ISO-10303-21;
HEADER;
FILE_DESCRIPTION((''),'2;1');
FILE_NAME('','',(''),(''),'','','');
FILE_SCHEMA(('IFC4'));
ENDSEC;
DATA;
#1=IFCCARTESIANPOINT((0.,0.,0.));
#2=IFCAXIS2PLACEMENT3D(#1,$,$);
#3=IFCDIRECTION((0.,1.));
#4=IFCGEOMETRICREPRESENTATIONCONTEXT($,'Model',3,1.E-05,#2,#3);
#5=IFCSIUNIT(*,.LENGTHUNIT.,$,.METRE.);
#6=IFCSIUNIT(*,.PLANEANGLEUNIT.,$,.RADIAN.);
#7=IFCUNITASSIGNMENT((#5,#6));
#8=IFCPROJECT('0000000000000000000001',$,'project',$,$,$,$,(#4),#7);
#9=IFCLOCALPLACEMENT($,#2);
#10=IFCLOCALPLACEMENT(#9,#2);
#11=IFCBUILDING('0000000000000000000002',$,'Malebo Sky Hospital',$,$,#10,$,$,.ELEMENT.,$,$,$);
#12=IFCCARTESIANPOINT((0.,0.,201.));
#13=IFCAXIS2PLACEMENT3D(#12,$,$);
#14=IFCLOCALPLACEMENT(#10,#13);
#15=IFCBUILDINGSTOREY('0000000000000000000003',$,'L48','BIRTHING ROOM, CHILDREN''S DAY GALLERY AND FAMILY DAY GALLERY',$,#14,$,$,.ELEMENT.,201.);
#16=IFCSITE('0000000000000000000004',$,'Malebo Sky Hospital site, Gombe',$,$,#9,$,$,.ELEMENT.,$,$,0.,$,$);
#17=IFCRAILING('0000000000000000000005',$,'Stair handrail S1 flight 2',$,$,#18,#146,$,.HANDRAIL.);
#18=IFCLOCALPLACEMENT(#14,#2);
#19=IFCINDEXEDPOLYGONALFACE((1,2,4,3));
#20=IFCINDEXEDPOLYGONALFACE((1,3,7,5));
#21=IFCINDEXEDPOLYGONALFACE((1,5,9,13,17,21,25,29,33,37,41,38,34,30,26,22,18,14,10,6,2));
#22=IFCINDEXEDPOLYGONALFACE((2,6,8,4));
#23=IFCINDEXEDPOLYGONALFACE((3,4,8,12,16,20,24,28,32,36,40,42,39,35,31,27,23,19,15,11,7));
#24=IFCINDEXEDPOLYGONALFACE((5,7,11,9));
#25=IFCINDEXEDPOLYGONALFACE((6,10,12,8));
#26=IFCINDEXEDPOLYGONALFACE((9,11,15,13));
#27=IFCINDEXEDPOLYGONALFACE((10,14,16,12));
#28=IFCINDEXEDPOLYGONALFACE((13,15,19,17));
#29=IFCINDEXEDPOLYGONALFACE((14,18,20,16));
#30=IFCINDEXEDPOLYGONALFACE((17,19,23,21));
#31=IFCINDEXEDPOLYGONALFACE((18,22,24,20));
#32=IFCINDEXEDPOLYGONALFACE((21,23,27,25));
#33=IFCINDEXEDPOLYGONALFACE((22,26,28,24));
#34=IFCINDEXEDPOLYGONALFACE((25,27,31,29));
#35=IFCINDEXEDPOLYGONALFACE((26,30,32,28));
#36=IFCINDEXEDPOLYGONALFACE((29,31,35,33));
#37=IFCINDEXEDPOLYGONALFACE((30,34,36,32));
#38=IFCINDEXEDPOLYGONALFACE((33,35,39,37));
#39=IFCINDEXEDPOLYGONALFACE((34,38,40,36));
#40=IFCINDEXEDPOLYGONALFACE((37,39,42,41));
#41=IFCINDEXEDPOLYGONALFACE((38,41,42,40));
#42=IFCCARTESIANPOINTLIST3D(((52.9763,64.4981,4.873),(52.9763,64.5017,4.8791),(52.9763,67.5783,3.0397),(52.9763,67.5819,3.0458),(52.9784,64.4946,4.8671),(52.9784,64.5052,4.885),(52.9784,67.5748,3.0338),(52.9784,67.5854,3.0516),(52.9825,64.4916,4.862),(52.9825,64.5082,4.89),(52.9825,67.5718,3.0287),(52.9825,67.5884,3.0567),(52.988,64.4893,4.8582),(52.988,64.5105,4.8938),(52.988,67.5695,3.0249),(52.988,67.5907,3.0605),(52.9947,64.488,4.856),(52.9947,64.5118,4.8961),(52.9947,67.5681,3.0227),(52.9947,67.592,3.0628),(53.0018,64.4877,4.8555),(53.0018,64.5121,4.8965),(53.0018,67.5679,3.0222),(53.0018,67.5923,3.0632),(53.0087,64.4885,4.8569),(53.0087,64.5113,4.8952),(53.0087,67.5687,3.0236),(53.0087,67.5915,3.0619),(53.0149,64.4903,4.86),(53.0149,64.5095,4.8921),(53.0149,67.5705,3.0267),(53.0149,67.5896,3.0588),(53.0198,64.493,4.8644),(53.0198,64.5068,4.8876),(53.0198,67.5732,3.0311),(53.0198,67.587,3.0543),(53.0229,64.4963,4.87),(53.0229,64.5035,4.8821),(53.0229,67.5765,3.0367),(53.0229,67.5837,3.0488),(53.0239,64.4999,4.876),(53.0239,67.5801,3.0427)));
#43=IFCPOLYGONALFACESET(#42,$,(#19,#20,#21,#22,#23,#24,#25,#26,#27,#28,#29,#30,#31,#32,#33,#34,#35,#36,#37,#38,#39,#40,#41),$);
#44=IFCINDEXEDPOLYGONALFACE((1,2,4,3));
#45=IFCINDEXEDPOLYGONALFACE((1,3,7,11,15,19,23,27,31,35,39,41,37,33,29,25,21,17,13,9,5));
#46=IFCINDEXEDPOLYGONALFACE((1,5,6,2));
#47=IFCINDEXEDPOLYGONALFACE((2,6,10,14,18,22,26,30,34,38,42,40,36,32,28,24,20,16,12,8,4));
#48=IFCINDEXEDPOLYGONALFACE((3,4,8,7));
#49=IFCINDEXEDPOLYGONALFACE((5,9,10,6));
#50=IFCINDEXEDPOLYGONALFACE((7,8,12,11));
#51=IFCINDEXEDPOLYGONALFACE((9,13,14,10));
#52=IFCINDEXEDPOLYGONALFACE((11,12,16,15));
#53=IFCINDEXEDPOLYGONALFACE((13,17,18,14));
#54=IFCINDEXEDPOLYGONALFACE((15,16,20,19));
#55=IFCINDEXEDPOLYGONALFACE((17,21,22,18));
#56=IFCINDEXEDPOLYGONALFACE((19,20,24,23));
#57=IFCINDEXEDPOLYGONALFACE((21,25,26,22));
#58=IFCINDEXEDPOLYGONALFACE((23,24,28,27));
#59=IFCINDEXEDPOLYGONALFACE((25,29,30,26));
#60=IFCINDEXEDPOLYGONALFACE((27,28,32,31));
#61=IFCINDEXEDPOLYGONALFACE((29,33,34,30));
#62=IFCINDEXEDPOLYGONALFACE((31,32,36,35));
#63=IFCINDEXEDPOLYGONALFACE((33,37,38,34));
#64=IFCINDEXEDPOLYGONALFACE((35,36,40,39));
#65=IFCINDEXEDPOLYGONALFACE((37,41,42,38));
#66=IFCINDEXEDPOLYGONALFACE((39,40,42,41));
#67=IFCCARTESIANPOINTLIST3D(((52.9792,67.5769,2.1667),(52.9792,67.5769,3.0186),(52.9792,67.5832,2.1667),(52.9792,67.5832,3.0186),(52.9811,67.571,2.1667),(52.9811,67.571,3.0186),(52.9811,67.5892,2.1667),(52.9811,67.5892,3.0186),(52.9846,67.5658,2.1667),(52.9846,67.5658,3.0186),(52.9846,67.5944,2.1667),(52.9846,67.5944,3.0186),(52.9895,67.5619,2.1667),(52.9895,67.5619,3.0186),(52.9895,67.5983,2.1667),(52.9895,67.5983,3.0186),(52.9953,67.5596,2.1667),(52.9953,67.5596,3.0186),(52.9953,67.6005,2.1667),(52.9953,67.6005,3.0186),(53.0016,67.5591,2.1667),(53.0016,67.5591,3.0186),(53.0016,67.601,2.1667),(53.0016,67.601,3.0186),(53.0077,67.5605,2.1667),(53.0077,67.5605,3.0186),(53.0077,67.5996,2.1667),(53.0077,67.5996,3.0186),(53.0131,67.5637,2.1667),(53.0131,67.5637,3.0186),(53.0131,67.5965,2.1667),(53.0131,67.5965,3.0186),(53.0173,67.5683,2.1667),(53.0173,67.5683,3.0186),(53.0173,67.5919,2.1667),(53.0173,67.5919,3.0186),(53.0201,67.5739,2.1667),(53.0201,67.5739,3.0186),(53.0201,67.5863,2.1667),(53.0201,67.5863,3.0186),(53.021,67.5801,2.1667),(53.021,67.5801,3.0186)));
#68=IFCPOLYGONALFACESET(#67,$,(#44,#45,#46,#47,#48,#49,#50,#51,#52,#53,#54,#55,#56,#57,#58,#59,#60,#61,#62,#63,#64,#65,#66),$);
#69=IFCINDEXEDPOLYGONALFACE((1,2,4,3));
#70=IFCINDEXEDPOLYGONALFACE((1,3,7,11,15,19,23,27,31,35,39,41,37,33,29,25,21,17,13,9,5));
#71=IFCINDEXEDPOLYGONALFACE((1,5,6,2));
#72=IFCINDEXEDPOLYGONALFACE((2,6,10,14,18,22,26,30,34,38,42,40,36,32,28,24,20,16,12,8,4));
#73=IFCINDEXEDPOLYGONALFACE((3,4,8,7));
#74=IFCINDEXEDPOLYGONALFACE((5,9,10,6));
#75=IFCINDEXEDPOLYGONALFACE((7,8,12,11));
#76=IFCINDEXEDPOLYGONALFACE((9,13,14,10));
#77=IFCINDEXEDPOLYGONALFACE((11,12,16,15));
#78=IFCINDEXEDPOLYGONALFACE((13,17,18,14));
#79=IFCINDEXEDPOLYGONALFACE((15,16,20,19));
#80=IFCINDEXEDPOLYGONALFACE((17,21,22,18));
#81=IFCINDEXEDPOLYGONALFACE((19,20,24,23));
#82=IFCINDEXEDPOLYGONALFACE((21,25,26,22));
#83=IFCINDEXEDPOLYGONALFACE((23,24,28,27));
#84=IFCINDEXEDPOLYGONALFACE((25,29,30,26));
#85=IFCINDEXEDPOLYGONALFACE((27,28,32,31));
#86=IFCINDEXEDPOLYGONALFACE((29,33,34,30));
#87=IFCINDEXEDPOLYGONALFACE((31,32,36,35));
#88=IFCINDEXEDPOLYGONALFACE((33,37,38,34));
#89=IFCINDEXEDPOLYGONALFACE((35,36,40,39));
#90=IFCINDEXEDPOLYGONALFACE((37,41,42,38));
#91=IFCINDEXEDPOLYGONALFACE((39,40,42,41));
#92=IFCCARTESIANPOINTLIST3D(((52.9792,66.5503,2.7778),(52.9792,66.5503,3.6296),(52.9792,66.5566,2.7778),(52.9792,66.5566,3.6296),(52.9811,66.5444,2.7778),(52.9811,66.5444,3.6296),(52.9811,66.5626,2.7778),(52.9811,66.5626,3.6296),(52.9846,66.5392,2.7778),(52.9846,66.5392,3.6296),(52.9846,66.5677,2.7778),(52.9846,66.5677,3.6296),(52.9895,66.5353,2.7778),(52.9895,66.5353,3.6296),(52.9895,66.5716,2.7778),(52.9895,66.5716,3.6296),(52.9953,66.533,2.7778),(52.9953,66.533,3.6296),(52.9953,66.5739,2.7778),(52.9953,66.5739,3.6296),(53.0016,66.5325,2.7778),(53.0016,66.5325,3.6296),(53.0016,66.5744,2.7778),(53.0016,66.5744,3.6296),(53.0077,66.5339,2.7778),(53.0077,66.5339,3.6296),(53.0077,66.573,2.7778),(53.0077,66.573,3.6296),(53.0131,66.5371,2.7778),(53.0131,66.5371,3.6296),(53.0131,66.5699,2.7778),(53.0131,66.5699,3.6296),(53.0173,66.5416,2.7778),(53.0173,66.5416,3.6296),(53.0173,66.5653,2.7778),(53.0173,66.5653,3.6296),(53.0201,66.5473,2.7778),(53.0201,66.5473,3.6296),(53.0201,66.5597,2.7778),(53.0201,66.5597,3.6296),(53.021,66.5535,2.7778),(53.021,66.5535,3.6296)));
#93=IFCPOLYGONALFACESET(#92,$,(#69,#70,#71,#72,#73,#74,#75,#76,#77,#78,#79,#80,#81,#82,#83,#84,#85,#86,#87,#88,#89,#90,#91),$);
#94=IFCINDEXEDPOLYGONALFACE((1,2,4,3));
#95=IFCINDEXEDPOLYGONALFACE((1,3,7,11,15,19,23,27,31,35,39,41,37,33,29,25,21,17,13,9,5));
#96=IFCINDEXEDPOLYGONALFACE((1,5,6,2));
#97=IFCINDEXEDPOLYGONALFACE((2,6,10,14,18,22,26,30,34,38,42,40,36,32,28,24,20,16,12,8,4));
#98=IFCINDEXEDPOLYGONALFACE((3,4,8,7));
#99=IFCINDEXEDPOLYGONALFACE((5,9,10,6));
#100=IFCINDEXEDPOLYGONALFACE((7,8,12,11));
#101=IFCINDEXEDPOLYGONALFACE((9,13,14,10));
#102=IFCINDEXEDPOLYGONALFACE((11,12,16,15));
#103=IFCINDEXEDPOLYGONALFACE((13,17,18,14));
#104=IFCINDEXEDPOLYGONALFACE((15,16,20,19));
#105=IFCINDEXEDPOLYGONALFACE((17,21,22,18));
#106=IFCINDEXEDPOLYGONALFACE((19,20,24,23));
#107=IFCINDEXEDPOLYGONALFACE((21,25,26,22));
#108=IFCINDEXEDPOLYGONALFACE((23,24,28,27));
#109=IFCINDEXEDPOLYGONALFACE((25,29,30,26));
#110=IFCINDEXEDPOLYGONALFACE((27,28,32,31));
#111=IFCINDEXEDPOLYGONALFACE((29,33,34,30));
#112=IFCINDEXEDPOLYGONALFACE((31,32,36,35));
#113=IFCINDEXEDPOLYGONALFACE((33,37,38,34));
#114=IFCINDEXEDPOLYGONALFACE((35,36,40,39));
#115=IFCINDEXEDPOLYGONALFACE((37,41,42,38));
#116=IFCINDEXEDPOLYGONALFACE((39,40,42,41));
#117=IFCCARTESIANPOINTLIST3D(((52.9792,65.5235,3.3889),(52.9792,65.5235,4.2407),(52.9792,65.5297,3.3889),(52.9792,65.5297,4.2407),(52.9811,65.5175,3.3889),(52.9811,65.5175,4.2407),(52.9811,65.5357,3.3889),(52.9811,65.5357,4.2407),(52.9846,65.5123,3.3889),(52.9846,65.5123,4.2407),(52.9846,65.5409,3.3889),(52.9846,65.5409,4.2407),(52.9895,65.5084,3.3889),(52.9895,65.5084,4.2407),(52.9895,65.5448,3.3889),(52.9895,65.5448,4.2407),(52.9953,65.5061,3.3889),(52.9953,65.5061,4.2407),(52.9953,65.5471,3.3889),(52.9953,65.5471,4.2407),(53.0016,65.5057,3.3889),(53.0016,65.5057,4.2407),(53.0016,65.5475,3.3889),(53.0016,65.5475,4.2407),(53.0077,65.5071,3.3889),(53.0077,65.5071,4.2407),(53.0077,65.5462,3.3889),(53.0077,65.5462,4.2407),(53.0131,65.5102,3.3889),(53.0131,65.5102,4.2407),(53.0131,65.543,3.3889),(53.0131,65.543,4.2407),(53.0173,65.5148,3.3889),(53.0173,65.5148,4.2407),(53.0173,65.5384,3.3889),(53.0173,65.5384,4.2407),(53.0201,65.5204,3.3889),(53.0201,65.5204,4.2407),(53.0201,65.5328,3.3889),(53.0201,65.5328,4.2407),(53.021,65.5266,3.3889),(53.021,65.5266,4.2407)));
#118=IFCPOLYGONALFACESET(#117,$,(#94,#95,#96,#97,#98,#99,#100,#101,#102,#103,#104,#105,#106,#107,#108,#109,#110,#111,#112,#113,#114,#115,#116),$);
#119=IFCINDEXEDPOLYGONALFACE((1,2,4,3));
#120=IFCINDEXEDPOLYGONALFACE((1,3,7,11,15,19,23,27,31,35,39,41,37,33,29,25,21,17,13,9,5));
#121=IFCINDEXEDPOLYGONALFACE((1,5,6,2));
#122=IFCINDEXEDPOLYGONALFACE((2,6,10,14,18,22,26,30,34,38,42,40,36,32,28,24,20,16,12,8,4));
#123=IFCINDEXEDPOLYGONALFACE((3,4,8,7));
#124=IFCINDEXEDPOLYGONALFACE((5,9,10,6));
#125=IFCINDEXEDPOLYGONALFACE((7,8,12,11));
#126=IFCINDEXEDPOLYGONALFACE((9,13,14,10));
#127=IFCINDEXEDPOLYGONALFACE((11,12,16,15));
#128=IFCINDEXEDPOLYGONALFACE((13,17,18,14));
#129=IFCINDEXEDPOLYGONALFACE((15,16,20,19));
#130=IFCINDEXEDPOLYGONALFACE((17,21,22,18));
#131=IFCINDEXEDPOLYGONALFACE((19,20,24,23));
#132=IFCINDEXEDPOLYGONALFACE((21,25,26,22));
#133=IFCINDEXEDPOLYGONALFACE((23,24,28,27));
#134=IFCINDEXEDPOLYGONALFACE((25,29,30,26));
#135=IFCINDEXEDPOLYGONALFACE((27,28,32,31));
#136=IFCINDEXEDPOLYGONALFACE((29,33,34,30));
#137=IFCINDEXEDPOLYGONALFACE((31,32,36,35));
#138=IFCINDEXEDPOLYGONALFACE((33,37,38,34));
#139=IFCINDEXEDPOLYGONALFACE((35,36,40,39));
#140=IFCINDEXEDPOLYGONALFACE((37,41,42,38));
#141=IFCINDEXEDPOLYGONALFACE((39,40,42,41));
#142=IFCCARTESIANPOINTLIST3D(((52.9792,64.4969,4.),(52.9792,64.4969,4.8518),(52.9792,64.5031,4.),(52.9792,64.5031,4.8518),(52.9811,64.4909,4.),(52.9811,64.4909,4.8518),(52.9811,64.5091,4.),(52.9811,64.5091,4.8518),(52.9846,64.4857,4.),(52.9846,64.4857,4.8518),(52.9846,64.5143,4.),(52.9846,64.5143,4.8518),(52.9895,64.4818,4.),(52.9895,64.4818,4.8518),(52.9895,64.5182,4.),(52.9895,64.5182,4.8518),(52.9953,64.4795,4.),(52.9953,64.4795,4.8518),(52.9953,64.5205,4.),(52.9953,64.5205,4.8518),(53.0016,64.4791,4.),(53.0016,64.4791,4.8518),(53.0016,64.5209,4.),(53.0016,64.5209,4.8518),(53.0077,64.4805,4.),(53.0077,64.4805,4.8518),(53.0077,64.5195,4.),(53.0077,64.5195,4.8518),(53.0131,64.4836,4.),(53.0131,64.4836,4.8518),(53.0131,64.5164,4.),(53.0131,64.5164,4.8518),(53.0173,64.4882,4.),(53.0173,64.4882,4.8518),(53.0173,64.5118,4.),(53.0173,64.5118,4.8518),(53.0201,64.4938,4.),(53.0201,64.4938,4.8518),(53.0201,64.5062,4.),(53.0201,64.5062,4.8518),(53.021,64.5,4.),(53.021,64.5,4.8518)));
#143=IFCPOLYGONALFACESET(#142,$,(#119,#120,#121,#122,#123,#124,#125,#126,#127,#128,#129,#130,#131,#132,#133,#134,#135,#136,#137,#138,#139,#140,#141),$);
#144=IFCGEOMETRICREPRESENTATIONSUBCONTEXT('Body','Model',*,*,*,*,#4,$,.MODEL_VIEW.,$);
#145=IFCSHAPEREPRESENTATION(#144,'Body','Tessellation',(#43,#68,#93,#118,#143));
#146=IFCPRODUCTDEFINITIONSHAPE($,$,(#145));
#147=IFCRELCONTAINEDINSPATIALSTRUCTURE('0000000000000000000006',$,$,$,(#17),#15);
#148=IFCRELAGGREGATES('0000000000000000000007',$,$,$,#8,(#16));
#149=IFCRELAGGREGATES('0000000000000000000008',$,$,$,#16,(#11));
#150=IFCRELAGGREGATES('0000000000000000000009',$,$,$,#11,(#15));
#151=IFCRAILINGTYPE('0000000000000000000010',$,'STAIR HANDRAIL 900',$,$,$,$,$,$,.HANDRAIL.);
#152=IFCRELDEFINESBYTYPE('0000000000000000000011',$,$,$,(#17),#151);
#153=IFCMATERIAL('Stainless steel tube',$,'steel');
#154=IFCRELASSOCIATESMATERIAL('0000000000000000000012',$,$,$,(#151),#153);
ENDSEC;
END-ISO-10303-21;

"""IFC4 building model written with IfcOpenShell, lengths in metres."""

from ifc_helpers import new_model, si_unit, direction, frame, origin, origin_2d, place, context, subcontext, project, spatial, circle, extrude, material, type_object, element, save


model = new_model("IFC4")

# Units and contexts
model_context = context("Model", 3, precision=1e-05, world=origin(), true_north=direction((0.0, 1.0)))
body_context = subcontext(model_context, "Body", "Model", "MODEL_VIEW")
ifc_project = project(units=[si_unit("LENGTHUNIT", "METRE"), si_unit("PLANEANGLEUNIT", "RADIAN")], contexts=[model_context])

# Site, building, storey
site_placement = place(None, origin())
site = spatial("IfcSite", under=ifc_project, at=site_placement, Name="Malebo Sky Hospital site, Gombe", CompositionType="ELEMENT", RefElevation=0.0)
building_placement = place(site_placement, origin())
building = spatial("IfcBuilding", under=site, at=building_placement, Name="Malebo Sky Hospital", CompositionType="ELEMENT")
storey_placement = place(building_placement, frame((0.0, 0.0, 201.0)))
storey = spatial("IfcBuildingStorey", under=building, at=storey_placement, Name="L48", Description="BIRTHING ROOM, CHILDREN'S DAY GALLERY AND FAMILY DAY GALLERY", CompositionType="ELEMENT", Elevation=201.0)

# Railing
ifc_material_1 = material(Name="Stainless steel tube", Category="steel")
railing_type = type_object("IfcRailingType", Name="STAIR HANDRAIL 900", PredefinedType="HANDRAIL", material=ifc_material_1)
railing_1_placement = place(storey_placement, frame((53.0, 67.5801, 2.1667)))
element("IfcRailing", 1, at=railing_1_placement, inside=storey, type_object=railing_type, Name="Stair handrail S1 flight 2", PredefinedType="HANDRAIL", context=body_context, shape_type="SweptSolid", body=[
    extrude(circle(Radius=0.0239, at=origin_2d()), frame((0.0, 0.0, 0.876), z_axis=(0.0, -0.859309, 0.511458), x_axis=(1.0, 0.0, 0.0)), (0.0, 0.0, 1.0), 3.5845),
    extrude(circle(Radius=0.021, at=origin_2d()), origin(), (0.0, 0.0, 1.0), 0.8518),
    extrude(circle(Radius=0.021, at=origin_2d()), frame((0.0, -1.0266, 0.6111)), (0.0, 0.0, 1.0), 0.8518),
    extrude(circle(Radius=0.021, at=origin_2d()), frame((0.0, -2.0535, 1.2222)), (0.0, 0.0, 1.0), 0.8518),
    extrude(circle(Radius=0.021, at=origin_2d()), frame((0.0, -3.0801, 1.8333)), (0.0, 0.0, 1.0), 0.8518),
])

save(model, "model.ifc")
